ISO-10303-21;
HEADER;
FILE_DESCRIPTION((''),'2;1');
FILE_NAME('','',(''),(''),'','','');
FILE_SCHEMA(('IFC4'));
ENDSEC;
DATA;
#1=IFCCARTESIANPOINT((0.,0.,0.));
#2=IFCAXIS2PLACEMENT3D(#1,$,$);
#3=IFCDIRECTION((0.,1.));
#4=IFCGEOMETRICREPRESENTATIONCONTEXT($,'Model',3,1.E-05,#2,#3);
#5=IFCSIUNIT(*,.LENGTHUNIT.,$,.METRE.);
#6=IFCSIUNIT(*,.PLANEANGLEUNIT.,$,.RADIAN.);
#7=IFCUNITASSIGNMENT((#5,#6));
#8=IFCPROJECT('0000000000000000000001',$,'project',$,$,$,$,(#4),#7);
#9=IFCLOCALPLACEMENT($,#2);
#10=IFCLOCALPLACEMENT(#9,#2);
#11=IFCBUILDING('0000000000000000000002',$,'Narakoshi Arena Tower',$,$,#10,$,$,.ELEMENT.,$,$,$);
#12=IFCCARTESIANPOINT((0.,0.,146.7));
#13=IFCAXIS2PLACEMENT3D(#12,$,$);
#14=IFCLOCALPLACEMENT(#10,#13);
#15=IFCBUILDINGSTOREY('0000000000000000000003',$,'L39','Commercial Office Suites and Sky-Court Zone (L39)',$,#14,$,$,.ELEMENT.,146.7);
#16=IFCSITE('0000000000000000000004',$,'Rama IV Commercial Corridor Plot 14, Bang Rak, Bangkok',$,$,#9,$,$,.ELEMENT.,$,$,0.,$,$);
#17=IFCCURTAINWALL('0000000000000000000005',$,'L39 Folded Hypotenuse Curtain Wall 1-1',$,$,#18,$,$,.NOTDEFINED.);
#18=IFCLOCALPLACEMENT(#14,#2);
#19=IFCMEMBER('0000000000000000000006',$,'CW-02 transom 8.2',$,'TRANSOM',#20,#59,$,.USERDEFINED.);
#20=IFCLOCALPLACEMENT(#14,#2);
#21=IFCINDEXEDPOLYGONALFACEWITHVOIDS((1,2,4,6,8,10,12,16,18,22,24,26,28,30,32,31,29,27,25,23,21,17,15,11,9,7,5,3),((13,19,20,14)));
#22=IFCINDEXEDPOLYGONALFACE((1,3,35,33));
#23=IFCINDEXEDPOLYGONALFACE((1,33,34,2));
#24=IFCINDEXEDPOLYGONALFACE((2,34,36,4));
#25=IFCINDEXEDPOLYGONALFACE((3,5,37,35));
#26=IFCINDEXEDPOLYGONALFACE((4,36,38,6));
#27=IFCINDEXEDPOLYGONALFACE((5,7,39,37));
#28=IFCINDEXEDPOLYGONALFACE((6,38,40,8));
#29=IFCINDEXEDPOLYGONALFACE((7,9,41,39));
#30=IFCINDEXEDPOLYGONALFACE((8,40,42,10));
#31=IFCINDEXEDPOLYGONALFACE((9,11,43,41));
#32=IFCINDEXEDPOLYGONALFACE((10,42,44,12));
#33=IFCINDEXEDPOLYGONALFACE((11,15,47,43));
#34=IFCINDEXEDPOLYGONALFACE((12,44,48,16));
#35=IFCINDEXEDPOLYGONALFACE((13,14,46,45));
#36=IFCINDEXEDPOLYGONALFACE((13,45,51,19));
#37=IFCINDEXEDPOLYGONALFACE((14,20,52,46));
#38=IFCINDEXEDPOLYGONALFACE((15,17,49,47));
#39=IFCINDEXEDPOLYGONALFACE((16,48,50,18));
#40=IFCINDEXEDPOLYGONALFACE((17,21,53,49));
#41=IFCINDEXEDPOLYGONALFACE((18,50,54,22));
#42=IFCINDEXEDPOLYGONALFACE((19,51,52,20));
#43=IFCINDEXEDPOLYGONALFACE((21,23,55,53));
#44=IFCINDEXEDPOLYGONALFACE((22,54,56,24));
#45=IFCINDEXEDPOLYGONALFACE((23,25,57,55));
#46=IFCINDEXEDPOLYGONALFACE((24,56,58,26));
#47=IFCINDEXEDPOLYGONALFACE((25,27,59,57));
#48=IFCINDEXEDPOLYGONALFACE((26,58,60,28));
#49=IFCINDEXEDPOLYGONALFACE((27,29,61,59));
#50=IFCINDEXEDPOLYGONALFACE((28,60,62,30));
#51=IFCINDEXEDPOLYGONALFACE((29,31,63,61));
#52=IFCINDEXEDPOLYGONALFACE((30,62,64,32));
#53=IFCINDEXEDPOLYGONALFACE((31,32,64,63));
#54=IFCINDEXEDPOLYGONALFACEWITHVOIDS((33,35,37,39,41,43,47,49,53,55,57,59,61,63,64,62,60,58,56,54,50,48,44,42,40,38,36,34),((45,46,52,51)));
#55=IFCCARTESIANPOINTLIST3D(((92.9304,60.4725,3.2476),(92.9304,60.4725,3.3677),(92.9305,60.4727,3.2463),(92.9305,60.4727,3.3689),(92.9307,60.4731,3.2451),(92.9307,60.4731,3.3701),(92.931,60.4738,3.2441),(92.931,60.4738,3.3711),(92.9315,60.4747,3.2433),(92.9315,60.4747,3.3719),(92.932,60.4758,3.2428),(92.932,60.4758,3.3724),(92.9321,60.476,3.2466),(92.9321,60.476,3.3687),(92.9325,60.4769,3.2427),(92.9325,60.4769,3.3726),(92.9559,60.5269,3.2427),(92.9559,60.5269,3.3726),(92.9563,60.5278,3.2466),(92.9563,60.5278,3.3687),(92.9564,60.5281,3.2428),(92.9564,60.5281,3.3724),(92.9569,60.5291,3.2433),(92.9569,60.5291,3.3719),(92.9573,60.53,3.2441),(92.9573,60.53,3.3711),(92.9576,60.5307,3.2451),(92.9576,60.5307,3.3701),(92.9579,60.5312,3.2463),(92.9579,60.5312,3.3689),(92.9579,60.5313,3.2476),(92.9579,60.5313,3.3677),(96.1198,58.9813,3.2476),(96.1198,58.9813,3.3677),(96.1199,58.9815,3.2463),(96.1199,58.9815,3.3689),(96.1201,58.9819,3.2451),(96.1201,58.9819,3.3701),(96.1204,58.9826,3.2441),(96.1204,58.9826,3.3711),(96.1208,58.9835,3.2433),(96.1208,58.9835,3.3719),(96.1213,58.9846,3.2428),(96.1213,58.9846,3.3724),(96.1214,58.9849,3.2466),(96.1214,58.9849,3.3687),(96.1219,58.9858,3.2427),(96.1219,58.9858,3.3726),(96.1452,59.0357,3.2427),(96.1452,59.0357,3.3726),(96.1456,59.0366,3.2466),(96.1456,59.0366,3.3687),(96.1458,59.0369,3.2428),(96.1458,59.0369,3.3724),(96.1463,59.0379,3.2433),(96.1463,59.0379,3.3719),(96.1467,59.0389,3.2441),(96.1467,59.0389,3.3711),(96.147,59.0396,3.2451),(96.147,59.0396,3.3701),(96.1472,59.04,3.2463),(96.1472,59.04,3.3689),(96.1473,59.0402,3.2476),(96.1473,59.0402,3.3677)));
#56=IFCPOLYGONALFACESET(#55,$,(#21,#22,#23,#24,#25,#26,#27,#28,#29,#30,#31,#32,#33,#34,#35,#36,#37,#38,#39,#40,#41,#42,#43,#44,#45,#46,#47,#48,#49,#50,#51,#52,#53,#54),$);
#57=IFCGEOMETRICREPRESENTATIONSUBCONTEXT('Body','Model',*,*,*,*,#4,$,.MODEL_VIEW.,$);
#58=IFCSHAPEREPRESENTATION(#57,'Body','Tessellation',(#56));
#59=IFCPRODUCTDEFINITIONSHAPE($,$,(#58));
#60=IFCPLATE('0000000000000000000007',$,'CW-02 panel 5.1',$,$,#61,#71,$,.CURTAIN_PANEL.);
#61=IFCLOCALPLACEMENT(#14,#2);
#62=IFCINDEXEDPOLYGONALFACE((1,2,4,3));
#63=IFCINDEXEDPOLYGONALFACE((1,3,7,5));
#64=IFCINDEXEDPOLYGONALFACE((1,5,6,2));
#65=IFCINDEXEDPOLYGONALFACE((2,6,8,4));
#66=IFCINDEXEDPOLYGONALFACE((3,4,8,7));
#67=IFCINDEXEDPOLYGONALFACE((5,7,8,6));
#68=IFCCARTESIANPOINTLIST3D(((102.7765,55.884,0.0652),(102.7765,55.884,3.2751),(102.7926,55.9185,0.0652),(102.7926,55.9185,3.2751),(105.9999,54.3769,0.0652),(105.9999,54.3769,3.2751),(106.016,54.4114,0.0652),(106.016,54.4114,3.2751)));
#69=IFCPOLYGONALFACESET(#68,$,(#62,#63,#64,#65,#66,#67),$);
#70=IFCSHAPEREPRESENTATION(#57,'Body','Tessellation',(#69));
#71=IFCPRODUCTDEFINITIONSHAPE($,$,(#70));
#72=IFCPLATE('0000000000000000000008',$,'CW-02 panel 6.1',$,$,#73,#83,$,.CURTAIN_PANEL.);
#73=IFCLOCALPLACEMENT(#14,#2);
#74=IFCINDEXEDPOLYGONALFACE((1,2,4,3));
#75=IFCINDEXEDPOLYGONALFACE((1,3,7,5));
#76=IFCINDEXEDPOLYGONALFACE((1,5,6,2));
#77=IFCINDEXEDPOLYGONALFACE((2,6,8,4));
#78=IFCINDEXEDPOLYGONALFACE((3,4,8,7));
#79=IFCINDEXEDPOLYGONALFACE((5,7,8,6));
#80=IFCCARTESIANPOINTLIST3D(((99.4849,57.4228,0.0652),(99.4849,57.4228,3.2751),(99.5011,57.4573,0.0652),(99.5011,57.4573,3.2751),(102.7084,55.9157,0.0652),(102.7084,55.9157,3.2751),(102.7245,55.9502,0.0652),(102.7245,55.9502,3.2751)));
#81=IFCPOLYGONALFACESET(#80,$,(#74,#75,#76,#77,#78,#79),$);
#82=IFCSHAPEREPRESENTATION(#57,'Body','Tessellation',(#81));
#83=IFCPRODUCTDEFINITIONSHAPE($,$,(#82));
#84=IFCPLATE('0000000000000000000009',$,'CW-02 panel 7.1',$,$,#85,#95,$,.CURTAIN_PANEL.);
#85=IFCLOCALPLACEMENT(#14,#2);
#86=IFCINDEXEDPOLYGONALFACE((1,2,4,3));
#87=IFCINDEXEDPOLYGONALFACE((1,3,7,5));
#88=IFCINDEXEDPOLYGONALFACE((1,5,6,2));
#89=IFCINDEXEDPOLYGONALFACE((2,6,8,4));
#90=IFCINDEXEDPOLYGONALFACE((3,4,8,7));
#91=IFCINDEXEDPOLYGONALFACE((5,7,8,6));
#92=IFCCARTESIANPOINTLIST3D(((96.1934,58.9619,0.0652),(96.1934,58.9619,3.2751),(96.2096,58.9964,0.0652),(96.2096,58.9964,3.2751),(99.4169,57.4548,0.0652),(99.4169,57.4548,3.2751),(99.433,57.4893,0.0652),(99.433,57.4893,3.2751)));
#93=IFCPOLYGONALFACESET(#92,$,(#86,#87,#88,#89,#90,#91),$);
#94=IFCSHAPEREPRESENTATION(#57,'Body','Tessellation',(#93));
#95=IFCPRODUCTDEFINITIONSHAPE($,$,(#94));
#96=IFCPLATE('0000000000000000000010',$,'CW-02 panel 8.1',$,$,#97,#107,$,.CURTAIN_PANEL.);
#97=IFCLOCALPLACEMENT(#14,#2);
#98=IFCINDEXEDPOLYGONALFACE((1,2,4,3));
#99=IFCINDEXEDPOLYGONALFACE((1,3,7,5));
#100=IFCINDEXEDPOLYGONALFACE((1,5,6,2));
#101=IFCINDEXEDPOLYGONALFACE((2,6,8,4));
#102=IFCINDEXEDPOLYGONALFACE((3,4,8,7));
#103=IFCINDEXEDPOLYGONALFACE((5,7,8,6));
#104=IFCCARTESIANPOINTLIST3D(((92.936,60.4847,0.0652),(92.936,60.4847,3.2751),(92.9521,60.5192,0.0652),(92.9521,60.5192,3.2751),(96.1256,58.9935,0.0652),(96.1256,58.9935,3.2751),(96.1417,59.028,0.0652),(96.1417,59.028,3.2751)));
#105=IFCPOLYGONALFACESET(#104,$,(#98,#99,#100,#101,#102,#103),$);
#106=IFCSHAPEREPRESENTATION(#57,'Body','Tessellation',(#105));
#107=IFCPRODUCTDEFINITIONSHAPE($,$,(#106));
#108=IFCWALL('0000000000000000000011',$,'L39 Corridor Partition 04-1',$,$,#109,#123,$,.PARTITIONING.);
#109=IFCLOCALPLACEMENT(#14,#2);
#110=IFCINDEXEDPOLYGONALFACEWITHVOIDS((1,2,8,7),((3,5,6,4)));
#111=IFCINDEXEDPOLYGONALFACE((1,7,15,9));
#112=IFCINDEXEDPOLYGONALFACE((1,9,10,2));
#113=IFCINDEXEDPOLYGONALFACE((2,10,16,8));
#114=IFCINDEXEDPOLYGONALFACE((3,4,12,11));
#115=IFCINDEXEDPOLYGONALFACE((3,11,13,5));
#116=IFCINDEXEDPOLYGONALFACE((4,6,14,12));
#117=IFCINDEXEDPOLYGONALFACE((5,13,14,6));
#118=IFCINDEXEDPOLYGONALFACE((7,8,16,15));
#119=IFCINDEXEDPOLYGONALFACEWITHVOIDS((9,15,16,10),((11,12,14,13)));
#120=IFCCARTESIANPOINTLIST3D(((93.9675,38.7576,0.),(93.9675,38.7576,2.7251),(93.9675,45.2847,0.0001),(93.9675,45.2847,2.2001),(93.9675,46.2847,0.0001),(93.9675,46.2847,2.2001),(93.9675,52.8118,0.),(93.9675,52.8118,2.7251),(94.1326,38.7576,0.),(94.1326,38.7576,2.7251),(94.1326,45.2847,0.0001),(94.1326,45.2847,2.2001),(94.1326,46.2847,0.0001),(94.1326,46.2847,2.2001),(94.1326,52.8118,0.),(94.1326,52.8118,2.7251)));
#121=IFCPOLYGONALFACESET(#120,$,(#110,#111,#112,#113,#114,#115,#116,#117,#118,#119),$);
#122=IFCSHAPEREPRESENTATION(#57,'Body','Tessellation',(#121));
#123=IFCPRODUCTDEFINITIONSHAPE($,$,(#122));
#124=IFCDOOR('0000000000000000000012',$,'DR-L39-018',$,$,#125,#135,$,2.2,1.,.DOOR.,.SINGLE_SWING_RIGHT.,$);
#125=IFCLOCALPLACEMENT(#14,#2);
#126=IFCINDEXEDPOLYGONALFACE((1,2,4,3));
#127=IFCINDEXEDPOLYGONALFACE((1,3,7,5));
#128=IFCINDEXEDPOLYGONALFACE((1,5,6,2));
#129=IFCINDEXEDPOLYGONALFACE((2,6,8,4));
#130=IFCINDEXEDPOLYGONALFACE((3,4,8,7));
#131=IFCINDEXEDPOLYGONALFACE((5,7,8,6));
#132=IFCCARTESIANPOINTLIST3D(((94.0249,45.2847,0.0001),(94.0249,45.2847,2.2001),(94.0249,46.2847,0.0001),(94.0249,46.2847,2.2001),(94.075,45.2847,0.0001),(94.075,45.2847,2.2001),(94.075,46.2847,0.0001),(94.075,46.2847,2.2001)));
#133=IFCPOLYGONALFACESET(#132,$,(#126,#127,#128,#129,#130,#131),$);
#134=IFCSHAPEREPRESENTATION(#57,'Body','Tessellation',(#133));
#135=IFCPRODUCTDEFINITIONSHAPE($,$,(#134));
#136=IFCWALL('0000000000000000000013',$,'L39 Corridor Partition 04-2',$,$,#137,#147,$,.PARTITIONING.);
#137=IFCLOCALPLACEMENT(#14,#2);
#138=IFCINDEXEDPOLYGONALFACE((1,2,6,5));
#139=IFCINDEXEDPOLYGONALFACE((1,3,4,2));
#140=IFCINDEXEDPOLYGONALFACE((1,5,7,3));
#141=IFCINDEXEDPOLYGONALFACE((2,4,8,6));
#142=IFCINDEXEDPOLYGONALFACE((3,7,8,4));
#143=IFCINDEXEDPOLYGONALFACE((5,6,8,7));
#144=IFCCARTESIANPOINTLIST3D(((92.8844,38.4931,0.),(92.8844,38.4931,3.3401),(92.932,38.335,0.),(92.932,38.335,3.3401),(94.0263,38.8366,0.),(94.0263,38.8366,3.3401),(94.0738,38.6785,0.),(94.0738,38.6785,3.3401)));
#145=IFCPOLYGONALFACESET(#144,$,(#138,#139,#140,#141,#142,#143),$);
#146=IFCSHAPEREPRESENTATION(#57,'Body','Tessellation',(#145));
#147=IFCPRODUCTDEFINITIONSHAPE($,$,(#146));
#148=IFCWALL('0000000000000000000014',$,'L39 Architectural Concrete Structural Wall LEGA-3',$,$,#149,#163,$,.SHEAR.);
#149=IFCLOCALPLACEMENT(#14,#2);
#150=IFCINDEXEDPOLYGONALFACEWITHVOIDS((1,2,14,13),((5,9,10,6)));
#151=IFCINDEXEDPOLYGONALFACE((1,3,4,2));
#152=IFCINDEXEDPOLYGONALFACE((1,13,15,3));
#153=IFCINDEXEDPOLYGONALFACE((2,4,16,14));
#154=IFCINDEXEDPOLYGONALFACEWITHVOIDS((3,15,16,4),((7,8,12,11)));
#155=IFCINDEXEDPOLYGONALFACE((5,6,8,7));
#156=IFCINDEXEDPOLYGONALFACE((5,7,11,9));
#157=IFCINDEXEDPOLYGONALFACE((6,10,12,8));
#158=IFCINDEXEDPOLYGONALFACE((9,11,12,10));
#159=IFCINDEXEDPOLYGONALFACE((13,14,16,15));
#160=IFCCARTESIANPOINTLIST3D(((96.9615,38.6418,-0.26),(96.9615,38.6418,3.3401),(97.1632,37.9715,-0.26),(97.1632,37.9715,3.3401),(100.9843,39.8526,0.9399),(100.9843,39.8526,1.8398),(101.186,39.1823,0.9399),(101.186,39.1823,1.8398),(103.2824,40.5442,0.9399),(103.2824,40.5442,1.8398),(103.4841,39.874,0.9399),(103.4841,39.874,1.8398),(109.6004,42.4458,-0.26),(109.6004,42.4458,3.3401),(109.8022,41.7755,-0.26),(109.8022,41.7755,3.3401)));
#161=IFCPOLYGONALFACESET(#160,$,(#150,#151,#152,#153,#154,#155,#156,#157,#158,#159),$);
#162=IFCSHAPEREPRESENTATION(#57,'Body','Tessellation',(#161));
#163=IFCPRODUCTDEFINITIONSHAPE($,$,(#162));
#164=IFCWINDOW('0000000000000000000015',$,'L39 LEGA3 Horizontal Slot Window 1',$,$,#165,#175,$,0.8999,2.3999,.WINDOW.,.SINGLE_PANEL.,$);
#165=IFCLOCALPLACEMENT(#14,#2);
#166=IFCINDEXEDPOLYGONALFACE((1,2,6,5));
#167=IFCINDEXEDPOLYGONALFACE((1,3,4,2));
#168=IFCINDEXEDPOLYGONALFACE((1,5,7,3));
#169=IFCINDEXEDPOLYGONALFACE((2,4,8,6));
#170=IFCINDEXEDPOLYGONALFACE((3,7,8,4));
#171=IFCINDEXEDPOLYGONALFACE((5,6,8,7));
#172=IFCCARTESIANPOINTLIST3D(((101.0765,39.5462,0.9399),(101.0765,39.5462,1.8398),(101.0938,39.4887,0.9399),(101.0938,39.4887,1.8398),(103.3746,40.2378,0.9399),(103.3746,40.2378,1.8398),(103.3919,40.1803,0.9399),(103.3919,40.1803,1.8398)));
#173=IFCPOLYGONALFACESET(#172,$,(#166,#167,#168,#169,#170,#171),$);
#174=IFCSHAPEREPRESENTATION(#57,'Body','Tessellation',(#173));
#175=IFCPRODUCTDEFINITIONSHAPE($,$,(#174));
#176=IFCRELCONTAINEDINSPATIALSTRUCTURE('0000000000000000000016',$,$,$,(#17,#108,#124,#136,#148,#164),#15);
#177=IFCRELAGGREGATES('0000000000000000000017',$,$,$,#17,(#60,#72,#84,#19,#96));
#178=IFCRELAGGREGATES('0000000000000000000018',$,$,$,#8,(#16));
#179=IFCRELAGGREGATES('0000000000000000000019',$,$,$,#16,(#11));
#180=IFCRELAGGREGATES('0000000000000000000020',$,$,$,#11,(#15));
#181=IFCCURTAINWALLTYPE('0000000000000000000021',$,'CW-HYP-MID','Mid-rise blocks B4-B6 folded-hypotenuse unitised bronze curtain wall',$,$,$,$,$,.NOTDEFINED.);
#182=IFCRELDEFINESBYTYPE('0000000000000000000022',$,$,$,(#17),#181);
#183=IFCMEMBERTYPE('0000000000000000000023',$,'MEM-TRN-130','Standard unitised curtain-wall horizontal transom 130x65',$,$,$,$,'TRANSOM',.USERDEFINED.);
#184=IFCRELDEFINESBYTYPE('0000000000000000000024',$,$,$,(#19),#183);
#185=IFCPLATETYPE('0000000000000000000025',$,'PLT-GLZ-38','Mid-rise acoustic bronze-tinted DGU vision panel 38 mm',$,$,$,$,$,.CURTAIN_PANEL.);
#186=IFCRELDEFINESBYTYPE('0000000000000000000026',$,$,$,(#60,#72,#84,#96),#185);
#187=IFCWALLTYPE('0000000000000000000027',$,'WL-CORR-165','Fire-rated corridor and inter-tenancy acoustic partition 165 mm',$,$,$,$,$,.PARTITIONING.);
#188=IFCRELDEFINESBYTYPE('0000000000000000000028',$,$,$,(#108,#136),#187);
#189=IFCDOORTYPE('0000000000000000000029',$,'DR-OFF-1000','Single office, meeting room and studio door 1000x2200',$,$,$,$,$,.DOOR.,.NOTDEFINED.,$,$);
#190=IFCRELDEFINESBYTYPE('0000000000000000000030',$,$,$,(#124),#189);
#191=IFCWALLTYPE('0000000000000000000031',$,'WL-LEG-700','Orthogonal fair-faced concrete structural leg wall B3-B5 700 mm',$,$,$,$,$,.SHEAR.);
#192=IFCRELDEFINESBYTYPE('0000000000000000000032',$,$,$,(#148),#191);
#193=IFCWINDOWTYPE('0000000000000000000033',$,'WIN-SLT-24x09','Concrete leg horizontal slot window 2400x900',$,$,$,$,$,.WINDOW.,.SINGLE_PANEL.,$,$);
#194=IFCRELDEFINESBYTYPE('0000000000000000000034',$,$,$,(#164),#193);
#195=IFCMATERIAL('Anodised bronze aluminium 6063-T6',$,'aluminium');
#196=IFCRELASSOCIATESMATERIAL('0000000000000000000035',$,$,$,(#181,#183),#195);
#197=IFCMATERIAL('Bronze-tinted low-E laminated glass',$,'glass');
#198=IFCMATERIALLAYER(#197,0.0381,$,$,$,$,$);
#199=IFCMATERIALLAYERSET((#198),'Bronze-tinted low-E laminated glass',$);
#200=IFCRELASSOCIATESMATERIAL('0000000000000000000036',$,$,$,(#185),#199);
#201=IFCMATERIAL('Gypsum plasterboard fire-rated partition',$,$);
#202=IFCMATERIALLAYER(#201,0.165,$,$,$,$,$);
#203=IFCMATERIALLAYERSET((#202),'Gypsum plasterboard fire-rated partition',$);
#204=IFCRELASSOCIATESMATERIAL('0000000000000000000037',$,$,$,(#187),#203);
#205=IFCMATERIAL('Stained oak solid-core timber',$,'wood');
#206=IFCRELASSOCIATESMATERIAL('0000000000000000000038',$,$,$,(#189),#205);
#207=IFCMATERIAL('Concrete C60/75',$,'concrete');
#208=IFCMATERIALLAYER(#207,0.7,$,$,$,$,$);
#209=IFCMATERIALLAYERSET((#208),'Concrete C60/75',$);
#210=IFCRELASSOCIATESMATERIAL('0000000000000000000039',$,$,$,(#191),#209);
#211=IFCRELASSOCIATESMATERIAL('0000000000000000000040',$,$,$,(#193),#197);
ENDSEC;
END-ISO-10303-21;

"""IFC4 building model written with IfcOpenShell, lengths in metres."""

from ifc_helpers import new_model, si_unit, direction, frame, frame_2d, origin, origin_2d, place, context, subcontext, project, spatial, rectangle, hollow_rectangle, extrude, material, layer, layer_set, material_profile, profile_set, type_object, element, fill, aggregate, save


model = new_model("IFC4")

# Units and contexts
model_context = context("Model", 3, precision=1e-05, world=origin(), true_north=direction((0.0, 1.0)))
body_context = subcontext(model_context, "Body", "Model", "MODEL_VIEW")
ifc_project = project(units=[si_unit("LENGTHUNIT", "METRE"), si_unit("PLANEANGLEUNIT", "RADIAN")], contexts=[model_context])

# Site, building, storey
site_placement = place(None, origin())
site = spatial("IfcSite", under=ifc_project, at=site_placement, Name="Rama IV Commercial Corridor Plot 14, Bang Rak, Bangkok", CompositionType="ELEMENT", RefElevation=0.0)
building_placement = place(site_placement, origin())
building = spatial("IfcBuilding", under=site, at=building_placement, Name="Narakoshi Arena Tower", CompositionType="ELEMENT")
storey_placement = place(building_placement, frame((0.0, 0.0, 146.7)))
storey = spatial("IfcBuildingStorey", under=building, at=storey_placement, Name="L39", Description="Commercial Office Suites and Sky-Court Zone (L39)", CompositionType="ELEMENT", Elevation=146.7)

# Shared definitions
ifc_material_1 = material(Name="Concrete C60/75", Category="concrete")

# Curtain wall, member, plates
ifc_material_2 = material(Name="Anodised bronze aluminium 6063-T6", Category="aluminium")
curtain_wall_type = type_object("IfcCurtainWallType", Name="CW-HYP-MID", Description="Mid-rise blocks B4-B6 folded-hypotenuse unitised bronze curtain wall", PredefinedType="NOTDEFINED", material=ifc_material_2)
curtain_wall_placement = place(storey_placement, origin())
curtain_wall = element("IfcCurtainWall", 1, at=curtain_wall_placement, inside=storey, type_object=curtain_wall_type, Name="L39 Folded Hypotenuse Curtain Wall 1-1", PredefinedType="NOTDEFINED")
ifc_material_profile_1 = material_profile(ifc_material_2, hollow_rectangle(XDim=0.0649, YDim=0.1299, WallThickness=0.0039, OuterFilletRadius=0.0049, at=origin_2d()), Name="TRN130x65x4")
ifc_profile_set_1 = profile_set([ifc_material_profile_1], Name="Anodised bronze aluminium 6063-T6")
member_type_1 = type_object("IfcMemberType", Name="MEM-TRN-130", Description="Standard unitised curtain-wall horizontal transom 130x65", ElementType="TRANSOM", PredefinedType="USERDEFINED", material=ifc_profile_set_1)
member_1_placement = place(storey_placement, frame((96.1335, 59.0107, 3.3076), z_axis=(-0.905878, 0.423538, 0.0), x_axis=(-0.423538, -0.905878, 0.0)))
member_1 = element("IfcMember", 2, at=member_1_placement, type_object=member_type_1, Name="CW-02 transom 8.2", ObjectType="TRANSOM", PredefinedType="USERDEFINED", context=body_context, shape_type="SweptSolid", body=[
    extrude(hollow_rectangle(XDim=0.0649, YDim=0.1299, WallThickness=0.0039, OuterFilletRadius=0.0049, at=origin_2d()), origin(), (0.0, 0.0, 1.0), 3.5208),
])
ifc_material_3 = material(Name="Bronze-tinted low-E laminated glass", Category="glass")
ifc_layer_1 = layer(ifc_material_3, 0.0381)
ifc_layer_set_1 = layer_set([ifc_layer_1], Name="Bronze-tinted low-E laminated glass")
plate_type = type_object("IfcPlateType", Name="PLT-GLZ-38", Description="Mid-rise acoustic bronze-tinted DGU vision panel 38 mm", PredefinedType="CURTAIN_PANEL", material=ifc_layer_set_1)
plate_1_placement = place(storey_placement, frame((104.3962, 55.1477, 0.0652), z_axis=(0.0, 0.0, 1.0), x_axis=(-0.905881, 0.423532, 0.0)))
plate_1 = element("IfcPlate", 3, at=plate_1_placement, type_object=plate_type, Name="CW-02 panel 5.1", PredefinedType="CURTAIN_PANEL", context=body_context, shape_type="SweptSolid", body=[
    extrude(rectangle(XDim=3.5583, YDim=0.0381, at=origin_2d()), origin(), (0.0, 0.0, 1.0), 3.21),
])
plate_2_placement = place(storey_placement, frame((101.1047, 56.6865, 0.0652), z_axis=(0.0, 0.0, 1.0), x_axis=(-0.905881, 0.423532, 0.0)))
plate_2 = element("IfcPlate", 4, at=plate_2_placement, type_object=plate_type, Name="CW-02 panel 6.1", PredefinedType="CURTAIN_PANEL", context=body_context, shape_type="SweptSolid", body=[
    extrude(rectangle(XDim=3.5583, YDim=0.0381, at=origin_2d()), origin(), (0.0, 0.0, 1.0), 3.21),
])
plate_3_placement = place(storey_placement, frame((97.8132, 58.2256, 0.0652), z_axis=(0.0, 0.0, 1.0), x_axis=(-0.905881, 0.423532, 0.0)))
plate_3 = element("IfcPlate", 5, at=plate_3_placement, type_object=plate_type, Name="CW-02 panel 7.1", PredefinedType="CURTAIN_PANEL", context=body_context, shape_type="SweptSolid", body=[
    extrude(rectangle(XDim=3.5583, YDim=0.0381, at=origin_2d()), origin(), (0.0, 0.0, 1.0), 3.21),
])
plate_4_placement = place(storey_placement, frame((94.5388, 59.7563, 0.0652), z_axis=(0.0, 0.0, 1.0), x_axis=(-0.905881, 0.423532, 0.0)))
plate_4 = element("IfcPlate", 6, at=plate_4_placement, type_object=plate_type, Name="CW-02 panel 8.1", PredefinedType="CURTAIN_PANEL", context=body_context, shape_type="SweptSolid", body=[
    extrude(rectangle(XDim=3.521, YDim=0.0381, at=origin_2d()), origin(), (0.0, 0.0, 1.0), 3.21),
])
aggregate(curtain_wall, [plate_1, plate_2, plate_3, member_1, plate_4])

# Wall, opening, door
ifc_material_4 = material(Name="Gypsum plasterboard fire-rated partition")
ifc_layer_2 = layer(ifc_material_4, 0.165)
ifc_layer_set_2 = layer_set([ifc_layer_2], Name="Gypsum plasterboard fire-rated partition")
wall_type_1 = type_object("IfcWallType", Name="WL-CORR-165", Description="Fire-rated corridor and inter-tenancy acoustic partition 165 mm", PredefinedType="PARTITIONING", material=ifc_layer_set_2)
wall_1_placement = place(storey_placement, frame((94.05, 38.7576, 0.0), z_axis=(0.0, 0.0, 1.0), x_axis=(0.0, 1.0, 0.0)))
wall_1 = element("IfcWall", 7, at=wall_1_placement, inside=storey, type_object=wall_type_1, Name="L39 Corridor Partition 04-1", PredefinedType="PARTITIONING", context=body_context, shape_type="SweptSolid", body=[
    extrude(rectangle(XDim=14.0542, YDim=0.165, at=frame_2d((7.0271, 0.0))), origin(), (0.0, 0.0, 1.0), 2.7251),
])
opening_1_placement = place(wall_1_placement, frame((6.5271, 0.0, 0.0)))
opening_1 = element("IfcOpeningElement", 8, at=opening_1_placement, cuts=wall_1, PredefinedType="OPENING", context=body_context, shape_type="SweptSolid", body=[
    extrude(rectangle(XDim=1.0, YDim=2.2, at=frame_2d((0.5, 1.1001))), frame((0.0, 0.0925, 0.0), z_axis=(0.0, -1.0, 0.0), x_axis=(1.0, 0.0, 0.0)), (0.0, 0.0, 1.0), 0.1851),
])
ifc_material_5 = material(Name="Stained oak solid-core timber", Category="wood")
door_type_1 = type_object("IfcDoorType", Name="DR-OFF-1000", Description="Single office, meeting room and studio door 1000x2200", OperationType="NOTDEFINED", PredefinedType="DOOR", material=ifc_material_5)
door_1_placement = place(opening_1_placement, frame((1.0, 0.0, 0.0), z_axis=(0.0, 0.0, 1.0), x_axis=(-1.0, 0.0, 0.0)))
door_1 = element("IfcDoor", 9, at=door_1_placement, inside=storey, type_object=door_type_1, Name="DR-L39-018", OperationType="SINGLE_SWING_RIGHT", OverallHeight=2.2, OverallWidth=1.0, PredefinedType="DOOR", context=body_context, shape_type="SweptSolid", body=[
    extrude(rectangle(XDim=1.0, YDim=2.2, at=frame_2d((0.5, 1.1001))), frame((0.0, 0.0249, 0.0), z_axis=(0.0, -1.0, 0.0), x_axis=(1.0, 0.0, 0.0)), (0.0, 0.0, 1.0), 0.05),
])
fill(opening_1, door_1)

# Wall
wall_2_placement = place(storey_placement, frame((92.9082, 38.4141, 0.0), z_axis=(0.0, 0.0, 1.0), x_axis=(0.957606, 0.28808, 0.0)))
element("IfcWall", 10, at=wall_2_placement, inside=storey, type_object=wall_type_1, Name="L39 Corridor Partition 04-2", PredefinedType="PARTITIONING", context=body_context, shape_type="SweptSolid", body=[
    extrude(rectangle(XDim=1.1924, YDim=0.165, at=frame_2d((0.5962, 0.0))), origin(), (0.0, 0.0, 1.0), 3.3401),
])

# Wall, opening, window
ifc_layer_3 = layer(ifc_material_1, 0.7)
ifc_layer_set_3 = layer_set([ifc_layer_3], Name="Concrete C60/75")
wall_type_2 = type_object("IfcWallType", Name="WL-LEG-700", Description="Orthogonal fair-faced concrete structural leg wall B3-B5 700 mm", PredefinedType="SHEAR", material=ifc_layer_set_3)
wall_3_placement = place(storey_placement, frame((97.0623, 38.3066, -0.26), z_axis=(0.0, 0.0, 1.0), x_axis=(0.95757, 0.288201, 0.0)))
wall_3 = element("IfcWall", 11, at=wall_3_placement, inside=storey, type_object=wall_type_2, Name="L39 Architectural Concrete Structural Wall LEGA-3", PredefinedType="SHEAR", context=body_context, shape_type="SweptSolid", body=[
    extrude(rectangle(XDim=13.199, YDim=0.7, at=frame_2d((6.5996, 0.0))), origin(), (0.0, 0.0, 1.0), 3.6001),
])
opening_2_placement = place(wall_3_placement, frame((4.2012, 0.0, 1.2)))
opening_2 = element("IfcOpeningElement", 12, at=opening_2_placement, cuts=wall_3, PredefinedType="OPENING", context=body_context, shape_type="SweptSolid", body=[
    extrude(rectangle(XDim=2.3999, YDim=0.8999, at=frame_2d((1.2, 0.45))), frame((0.0, 0.3599, 0.0), z_axis=(0.0, -1.0, 0.0), x_axis=(1.0, 0.0, 0.0)), (0.0, 0.0, 1.0), 0.72),
])
window_type = type_object("IfcWindowType", Name="WIN-SLT-24x09", Description="Concrete leg horizontal slot window 2400x900", PartitioningType="SINGLE_PANEL", PredefinedType="WINDOW", material=ifc_material_3)
window_placement = place(opening_2_placement, origin())
window = element("IfcWindow", 13, at=window_placement, inside=storey, type_object=window_type, Name="L39 LEGA3 Horizontal Slot Window 1", OverallHeight=0.8999, OverallWidth=2.3999, PartitioningType="SINGLE_PANEL", PredefinedType="WINDOW", context=body_context, shape_type="SweptSolid", body=[
    extrude(rectangle(XDim=2.3999, YDim=0.8999, at=frame_2d((1.2, 0.45))), frame((0.0, 0.03, 0.0), z_axis=(0.0, -1.0, 0.0), x_axis=(1.0, 0.0, 0.0)), (0.0, 0.0, 1.0), 0.0601),
])
fill(opening_2, window)

save(model, "model.ifc")
